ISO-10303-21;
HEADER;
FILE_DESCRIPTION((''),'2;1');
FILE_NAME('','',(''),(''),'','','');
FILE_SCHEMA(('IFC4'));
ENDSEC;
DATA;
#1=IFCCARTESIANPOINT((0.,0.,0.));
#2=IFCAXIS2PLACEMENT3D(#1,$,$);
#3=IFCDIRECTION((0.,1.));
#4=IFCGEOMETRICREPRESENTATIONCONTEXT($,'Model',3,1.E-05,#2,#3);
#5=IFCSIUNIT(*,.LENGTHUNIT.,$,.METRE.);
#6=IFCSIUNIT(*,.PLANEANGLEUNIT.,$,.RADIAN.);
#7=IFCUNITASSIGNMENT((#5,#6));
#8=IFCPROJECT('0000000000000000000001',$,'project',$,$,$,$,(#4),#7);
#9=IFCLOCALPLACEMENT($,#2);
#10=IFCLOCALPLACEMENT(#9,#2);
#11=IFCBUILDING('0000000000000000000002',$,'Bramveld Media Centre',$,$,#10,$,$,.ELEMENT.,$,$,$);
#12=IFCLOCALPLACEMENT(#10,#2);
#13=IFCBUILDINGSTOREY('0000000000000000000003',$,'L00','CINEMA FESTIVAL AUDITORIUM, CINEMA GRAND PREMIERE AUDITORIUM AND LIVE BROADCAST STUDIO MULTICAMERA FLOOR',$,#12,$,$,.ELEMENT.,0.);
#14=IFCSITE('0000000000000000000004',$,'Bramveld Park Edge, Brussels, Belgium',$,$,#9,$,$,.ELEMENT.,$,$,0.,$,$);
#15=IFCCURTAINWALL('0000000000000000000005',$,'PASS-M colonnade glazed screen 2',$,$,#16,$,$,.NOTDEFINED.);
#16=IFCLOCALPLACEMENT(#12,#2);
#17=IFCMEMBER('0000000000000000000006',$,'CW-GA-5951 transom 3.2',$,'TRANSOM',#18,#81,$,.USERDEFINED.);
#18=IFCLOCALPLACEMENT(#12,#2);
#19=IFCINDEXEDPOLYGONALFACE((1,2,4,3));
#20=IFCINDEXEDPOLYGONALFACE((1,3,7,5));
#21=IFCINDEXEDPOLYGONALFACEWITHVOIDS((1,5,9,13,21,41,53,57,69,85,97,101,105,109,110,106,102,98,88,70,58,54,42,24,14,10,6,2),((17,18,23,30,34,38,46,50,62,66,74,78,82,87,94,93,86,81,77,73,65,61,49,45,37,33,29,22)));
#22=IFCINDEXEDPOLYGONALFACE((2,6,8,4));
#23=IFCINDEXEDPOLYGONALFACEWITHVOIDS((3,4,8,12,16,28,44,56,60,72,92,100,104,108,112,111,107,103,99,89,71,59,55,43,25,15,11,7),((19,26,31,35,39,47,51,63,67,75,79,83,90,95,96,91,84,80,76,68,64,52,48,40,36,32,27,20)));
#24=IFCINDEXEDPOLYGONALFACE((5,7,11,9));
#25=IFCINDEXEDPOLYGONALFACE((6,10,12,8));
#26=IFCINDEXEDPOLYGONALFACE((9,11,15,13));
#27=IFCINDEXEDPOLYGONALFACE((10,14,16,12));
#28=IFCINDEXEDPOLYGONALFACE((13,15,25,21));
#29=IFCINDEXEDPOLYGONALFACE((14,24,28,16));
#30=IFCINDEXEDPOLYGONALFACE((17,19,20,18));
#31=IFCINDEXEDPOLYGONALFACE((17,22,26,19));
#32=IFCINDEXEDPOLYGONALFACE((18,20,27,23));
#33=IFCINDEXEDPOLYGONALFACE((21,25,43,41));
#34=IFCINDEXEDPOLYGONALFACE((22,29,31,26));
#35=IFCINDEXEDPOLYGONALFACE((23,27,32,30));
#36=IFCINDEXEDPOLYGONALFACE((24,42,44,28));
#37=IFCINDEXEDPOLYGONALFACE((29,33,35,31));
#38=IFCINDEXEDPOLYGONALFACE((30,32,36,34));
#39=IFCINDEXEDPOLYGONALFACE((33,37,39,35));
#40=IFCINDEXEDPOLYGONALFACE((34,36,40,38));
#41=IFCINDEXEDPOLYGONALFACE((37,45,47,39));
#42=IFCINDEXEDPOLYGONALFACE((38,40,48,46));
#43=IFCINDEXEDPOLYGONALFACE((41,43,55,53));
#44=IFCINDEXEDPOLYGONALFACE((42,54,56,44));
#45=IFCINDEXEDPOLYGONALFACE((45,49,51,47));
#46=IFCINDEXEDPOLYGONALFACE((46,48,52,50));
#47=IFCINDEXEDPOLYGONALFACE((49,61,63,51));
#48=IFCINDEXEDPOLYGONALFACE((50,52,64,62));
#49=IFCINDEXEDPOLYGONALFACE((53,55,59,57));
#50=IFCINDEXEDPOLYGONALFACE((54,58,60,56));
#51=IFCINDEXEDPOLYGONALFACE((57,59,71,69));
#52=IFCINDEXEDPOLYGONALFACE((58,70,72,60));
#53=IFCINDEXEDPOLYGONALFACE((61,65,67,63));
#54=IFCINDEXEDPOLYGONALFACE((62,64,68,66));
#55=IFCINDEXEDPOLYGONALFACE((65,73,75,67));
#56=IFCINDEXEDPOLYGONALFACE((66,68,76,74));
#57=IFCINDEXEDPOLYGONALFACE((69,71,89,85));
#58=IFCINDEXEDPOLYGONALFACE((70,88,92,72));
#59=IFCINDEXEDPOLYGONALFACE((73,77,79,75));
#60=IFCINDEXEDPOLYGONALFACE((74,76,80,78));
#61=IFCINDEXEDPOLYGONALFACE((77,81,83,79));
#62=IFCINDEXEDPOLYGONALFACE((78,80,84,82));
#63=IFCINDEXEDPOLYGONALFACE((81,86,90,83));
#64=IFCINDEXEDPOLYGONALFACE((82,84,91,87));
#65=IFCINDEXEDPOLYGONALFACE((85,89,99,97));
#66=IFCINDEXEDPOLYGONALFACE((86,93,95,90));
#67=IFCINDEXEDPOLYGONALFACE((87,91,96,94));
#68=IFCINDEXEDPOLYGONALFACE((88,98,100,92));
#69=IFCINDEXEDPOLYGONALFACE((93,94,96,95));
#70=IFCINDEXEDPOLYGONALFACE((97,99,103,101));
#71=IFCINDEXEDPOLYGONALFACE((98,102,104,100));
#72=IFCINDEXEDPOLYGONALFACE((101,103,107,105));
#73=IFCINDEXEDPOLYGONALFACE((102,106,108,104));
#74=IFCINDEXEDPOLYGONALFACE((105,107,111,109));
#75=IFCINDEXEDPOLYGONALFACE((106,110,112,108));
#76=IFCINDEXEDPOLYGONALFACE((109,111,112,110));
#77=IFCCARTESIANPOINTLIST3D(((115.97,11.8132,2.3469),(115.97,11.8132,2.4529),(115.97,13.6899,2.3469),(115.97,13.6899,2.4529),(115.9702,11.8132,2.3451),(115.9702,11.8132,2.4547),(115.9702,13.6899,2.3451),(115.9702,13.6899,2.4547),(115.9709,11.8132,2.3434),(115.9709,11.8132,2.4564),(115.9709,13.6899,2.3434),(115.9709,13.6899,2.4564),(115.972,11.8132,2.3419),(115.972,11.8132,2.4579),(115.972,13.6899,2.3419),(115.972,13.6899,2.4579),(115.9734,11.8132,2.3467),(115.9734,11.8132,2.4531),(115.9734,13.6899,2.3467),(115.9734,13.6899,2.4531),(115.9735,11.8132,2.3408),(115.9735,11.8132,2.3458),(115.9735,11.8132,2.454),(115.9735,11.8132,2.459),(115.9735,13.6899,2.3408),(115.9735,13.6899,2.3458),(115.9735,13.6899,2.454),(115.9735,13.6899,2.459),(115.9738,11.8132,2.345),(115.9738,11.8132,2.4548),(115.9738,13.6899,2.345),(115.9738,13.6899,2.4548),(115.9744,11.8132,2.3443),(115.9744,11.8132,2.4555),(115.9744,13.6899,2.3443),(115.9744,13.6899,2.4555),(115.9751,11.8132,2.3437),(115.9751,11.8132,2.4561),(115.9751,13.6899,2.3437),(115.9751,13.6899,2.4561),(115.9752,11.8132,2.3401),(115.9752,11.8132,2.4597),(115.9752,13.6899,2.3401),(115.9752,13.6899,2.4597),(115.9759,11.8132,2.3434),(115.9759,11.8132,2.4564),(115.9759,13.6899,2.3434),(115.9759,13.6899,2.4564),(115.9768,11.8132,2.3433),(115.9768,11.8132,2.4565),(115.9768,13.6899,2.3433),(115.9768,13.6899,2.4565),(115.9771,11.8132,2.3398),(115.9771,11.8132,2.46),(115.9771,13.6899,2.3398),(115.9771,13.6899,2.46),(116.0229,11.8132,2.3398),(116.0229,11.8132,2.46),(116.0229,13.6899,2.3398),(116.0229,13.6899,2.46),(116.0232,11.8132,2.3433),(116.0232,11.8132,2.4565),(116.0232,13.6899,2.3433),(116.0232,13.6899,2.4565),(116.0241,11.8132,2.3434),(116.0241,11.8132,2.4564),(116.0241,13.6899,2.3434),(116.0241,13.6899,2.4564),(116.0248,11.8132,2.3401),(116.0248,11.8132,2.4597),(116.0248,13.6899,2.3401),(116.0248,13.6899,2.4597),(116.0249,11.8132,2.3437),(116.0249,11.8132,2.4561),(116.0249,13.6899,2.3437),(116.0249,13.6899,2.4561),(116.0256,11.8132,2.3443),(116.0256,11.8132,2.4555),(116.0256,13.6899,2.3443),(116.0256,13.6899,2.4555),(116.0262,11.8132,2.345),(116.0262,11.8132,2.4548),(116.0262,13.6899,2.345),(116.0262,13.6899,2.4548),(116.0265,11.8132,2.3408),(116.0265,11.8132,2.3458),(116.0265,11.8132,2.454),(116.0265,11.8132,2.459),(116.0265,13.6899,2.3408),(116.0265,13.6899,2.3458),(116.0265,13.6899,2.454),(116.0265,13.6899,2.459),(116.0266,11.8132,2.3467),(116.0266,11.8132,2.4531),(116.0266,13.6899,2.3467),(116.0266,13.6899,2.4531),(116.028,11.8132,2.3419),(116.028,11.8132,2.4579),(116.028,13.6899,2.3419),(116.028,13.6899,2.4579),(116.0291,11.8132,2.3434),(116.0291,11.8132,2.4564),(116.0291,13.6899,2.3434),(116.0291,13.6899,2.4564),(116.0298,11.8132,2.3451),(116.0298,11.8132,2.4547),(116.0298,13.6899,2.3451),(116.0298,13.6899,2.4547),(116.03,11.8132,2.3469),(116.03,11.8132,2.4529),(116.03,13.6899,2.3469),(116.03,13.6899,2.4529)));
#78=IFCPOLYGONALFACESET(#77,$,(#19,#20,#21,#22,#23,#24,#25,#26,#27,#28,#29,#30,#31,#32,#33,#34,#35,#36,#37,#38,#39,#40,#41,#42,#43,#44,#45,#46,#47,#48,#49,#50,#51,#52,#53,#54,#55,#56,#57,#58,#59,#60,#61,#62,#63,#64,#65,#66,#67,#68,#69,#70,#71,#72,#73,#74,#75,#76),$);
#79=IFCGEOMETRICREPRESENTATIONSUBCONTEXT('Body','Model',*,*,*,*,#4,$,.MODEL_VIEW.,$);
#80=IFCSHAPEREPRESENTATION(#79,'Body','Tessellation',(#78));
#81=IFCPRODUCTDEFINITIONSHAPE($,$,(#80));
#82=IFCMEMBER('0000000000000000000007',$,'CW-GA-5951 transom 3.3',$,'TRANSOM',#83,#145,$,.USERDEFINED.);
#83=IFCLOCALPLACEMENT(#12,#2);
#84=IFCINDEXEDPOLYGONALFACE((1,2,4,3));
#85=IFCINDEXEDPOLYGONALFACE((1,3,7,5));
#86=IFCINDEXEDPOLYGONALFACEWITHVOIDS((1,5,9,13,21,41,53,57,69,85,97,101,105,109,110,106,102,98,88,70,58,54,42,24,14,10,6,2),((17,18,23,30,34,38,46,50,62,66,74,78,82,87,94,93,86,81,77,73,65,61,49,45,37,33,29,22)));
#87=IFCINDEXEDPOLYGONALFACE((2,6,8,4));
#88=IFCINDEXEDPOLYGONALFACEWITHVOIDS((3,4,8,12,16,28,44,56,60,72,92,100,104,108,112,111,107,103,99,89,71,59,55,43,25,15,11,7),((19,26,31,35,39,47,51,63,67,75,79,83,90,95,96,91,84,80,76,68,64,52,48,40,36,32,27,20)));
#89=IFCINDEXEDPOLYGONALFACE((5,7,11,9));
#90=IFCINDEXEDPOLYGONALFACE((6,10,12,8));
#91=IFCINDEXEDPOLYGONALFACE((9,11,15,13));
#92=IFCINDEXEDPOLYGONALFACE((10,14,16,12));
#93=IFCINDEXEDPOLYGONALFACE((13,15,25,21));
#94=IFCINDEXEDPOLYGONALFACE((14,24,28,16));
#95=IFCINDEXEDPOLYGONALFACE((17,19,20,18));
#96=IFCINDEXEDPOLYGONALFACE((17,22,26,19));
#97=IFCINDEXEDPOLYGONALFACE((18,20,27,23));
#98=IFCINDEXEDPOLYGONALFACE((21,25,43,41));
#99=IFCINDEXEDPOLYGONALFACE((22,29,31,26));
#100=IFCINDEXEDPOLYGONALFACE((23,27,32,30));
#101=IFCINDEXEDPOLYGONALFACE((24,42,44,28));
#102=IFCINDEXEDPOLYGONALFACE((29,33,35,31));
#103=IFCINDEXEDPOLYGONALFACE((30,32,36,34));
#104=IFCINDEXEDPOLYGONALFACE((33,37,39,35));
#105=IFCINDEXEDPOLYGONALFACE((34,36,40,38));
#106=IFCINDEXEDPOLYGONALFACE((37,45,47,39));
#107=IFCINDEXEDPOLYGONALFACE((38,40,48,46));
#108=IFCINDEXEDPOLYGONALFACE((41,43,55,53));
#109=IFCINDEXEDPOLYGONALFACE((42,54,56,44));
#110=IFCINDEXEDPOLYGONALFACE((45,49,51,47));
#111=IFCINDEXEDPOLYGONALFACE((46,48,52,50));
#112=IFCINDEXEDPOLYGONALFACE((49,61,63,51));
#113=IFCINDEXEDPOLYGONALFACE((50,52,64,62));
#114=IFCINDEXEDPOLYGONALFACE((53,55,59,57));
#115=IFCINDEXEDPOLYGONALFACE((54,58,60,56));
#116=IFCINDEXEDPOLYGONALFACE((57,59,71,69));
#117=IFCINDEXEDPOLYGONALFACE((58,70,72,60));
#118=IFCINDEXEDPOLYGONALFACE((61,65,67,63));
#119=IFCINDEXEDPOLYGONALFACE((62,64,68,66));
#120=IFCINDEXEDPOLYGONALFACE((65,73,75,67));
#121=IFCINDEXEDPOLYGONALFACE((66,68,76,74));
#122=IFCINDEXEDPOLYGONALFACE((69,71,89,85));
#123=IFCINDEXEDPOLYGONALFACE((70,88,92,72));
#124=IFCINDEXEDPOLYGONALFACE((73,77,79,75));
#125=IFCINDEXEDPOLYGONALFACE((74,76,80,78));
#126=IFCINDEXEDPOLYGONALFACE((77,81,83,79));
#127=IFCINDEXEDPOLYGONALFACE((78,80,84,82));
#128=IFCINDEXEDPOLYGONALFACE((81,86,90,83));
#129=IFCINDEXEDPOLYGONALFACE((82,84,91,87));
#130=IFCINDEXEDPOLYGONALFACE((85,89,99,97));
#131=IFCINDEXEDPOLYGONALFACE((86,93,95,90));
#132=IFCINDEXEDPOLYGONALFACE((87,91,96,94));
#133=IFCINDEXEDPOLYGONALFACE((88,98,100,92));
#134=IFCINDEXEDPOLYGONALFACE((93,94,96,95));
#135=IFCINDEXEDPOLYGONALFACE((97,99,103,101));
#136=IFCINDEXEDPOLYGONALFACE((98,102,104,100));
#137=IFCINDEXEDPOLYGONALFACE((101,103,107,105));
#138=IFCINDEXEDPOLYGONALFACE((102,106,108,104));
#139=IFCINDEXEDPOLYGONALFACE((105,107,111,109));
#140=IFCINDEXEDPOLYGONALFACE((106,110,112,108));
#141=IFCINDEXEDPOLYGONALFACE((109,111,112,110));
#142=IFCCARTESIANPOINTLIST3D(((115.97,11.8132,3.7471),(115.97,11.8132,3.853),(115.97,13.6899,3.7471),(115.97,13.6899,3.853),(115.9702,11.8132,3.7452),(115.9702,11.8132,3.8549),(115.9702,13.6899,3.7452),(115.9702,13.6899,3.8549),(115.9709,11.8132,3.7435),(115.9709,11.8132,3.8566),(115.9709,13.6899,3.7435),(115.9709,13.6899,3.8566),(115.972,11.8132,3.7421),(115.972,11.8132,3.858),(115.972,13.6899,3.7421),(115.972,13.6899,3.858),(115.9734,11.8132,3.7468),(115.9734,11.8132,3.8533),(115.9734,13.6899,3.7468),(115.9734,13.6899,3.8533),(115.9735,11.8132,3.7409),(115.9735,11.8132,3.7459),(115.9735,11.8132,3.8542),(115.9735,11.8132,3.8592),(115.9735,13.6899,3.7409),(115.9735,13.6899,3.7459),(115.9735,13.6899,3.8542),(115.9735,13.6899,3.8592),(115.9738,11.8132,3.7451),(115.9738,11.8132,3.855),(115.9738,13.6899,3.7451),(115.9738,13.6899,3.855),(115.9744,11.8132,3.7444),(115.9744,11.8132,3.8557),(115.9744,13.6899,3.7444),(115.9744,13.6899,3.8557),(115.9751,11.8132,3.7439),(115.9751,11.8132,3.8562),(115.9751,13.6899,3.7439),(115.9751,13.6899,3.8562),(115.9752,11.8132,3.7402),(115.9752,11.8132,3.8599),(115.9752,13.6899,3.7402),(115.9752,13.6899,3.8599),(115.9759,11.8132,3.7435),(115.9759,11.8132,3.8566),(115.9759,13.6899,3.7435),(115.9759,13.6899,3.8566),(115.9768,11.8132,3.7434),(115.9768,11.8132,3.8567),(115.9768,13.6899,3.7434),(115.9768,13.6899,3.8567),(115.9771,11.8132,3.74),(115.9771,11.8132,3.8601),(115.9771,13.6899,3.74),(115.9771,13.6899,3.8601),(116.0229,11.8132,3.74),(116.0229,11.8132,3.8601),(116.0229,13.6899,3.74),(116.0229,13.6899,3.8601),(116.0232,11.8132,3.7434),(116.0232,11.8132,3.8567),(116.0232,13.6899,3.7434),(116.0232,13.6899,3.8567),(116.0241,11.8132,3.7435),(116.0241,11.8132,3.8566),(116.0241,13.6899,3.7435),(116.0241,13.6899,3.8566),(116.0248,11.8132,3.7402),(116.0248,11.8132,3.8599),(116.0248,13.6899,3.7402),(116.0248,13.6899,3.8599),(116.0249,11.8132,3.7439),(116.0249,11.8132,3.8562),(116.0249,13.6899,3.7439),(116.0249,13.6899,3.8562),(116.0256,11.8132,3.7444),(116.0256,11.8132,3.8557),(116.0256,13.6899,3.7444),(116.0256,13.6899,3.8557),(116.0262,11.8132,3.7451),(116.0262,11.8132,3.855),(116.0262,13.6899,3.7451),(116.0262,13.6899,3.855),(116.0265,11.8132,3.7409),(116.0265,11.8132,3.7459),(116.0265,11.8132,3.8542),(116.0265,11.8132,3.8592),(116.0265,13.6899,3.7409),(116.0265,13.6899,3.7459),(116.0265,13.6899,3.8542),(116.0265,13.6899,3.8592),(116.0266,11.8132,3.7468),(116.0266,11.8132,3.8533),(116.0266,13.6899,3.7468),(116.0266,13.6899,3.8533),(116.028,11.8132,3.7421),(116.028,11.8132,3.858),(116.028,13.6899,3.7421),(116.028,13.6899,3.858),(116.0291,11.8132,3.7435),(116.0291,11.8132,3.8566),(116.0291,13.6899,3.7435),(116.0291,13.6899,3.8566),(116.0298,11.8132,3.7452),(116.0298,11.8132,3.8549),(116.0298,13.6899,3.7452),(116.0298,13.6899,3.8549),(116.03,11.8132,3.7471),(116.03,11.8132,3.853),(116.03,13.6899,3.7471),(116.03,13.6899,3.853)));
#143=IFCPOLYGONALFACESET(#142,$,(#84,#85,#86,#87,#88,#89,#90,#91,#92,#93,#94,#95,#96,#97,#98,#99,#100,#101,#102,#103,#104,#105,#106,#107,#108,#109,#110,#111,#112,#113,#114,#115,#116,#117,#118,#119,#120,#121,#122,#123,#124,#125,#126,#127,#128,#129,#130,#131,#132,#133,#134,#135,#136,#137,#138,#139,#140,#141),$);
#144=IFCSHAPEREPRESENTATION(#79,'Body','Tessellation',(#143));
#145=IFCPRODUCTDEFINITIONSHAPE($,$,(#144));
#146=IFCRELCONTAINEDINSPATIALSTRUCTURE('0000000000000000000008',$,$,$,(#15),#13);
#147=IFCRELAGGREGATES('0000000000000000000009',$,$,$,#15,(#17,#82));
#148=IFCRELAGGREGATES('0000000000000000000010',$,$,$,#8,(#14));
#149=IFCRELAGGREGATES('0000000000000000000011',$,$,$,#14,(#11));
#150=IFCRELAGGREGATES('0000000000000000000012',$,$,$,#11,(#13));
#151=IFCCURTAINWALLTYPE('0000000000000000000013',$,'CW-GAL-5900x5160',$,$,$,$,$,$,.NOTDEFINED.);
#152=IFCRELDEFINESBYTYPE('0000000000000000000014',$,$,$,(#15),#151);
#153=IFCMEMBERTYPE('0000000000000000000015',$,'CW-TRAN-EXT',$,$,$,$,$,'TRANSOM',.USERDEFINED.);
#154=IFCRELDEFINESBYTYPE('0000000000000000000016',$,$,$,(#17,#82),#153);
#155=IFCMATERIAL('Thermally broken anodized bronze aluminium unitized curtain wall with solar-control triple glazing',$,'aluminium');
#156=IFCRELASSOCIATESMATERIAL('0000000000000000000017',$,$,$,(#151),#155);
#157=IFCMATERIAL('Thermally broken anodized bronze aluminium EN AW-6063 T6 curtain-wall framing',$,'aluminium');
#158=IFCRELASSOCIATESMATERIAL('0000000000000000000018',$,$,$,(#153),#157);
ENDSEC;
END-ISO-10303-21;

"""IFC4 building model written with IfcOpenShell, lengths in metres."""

from ifc_helpers import new_model, si_unit, direction, frame, origin, origin_2d, place, context, subcontext, project, spatial, hollow_rectangle, extrude, material, material_profile, profile_set, type_object, element, aggregate, save


model = new_model("IFC4")

# Units and contexts
model_context = context("Model", 3, precision=1e-05, world=origin(), true_north=direction((0.0, 1.0)))
body_context = subcontext(model_context, "Body", "Model", "MODEL_VIEW")
ifc_project = project(units=[si_unit("LENGTHUNIT", "METRE"), si_unit("PLANEANGLEUNIT", "RADIAN")], contexts=[model_context])

# Site, building, storey
site_placement = place(None, origin())
site = spatial("IfcSite", under=ifc_project, at=site_placement, Name="Bramveld Park Edge, Brussels, Belgium", CompositionType="ELEMENT", RefElevation=0.0)
building_placement = place(site_placement, origin())
building = spatial("IfcBuilding", under=site, at=building_placement, Name="Bramveld Media Centre", CompositionType="ELEMENT")
storey_placement = place(building_placement, origin())
storey = spatial("IfcBuildingStorey", under=building, at=storey_placement, Name="L00", Description="CINEMA FESTIVAL AUDITORIUM, CINEMA GRAND PREMIERE AUDITORIUM AND LIVE BROADCAST STUDIO MULTICAMERA FLOOR", CompositionType="ELEMENT", Elevation=0.0)

# Curtain wall
ifc_material_1 = material(Name="Thermally broken anodized bronze aluminium unitized curtain wall with solar-control triple glazing", Category="aluminium")
curtain_wall_type = type_object("IfcCurtainWallType", Name="CW-GAL-5900x5160", PredefinedType="NOTDEFINED", material=ifc_material_1)
curtain_wall_1_placement = place(storey_placement, origin())
curtain_wall_1 = element("IfcCurtainWall", 1, at=curtain_wall_1_placement, inside=storey, type_object=curtain_wall_type, Name="PASS-M colonnade glazed screen 2", PredefinedType="NOTDEFINED")

# Members
ifc_material_2 = material(Name="Thermally broken anodized bronze aluminium EN AW-6063 T6 curtain-wall framing", Category="aluminium")
ifc_material_profile_1 = material_profile(ifc_material_2, hollow_rectangle(XDim=0.0601, YDim=0.1201, WallThickness=0.0034, InnerFilletRadius=0.0034, OuterFilletRadius=0.0071, at=origin_2d()), Name="AL-TRAN 60x120")
ifc_profile_set_1 = profile_set([ifc_material_profile_1], Name="Thermally broken anodized bronze aluminium EN AW-6063 T6 curtain-wall framing")
member_type_1 = type_object("IfcMemberType", Name="CW-TRAN-EXT", ElementType="TRANSOM", PredefinedType="USERDEFINED", material=ifc_profile_set_1)
member_1_placement = place(storey_placement, frame((116.0, 11.8132, 2.3999), z_axis=(0.0, 1.0, 0.0), x_axis=(-1.0, 0.0, 0.0)))
member_1 = element("IfcMember", 2, at=member_1_placement, type_object=member_type_1, Name="CW-GA-5951 transom 3.2", ObjectType="TRANSOM", PredefinedType="USERDEFINED", context=body_context, shape_type="SweptSolid", body=[
    extrude(hollow_rectangle(XDim=0.0601, YDim=0.1201, WallThickness=0.0034, InnerFilletRadius=0.0034, OuterFilletRadius=0.0071, at=origin_2d()), origin(), (0.0, 0.0, 1.0), 1.8767),
])
member_2_placement = place(storey_placement, frame((116.0, 11.8132, 3.8), z_axis=(0.0, 1.0, 0.0), x_axis=(-1.0, 0.0, 0.0)))
member_2 = element("IfcMember", 3, at=member_2_placement, type_object=member_type_1, Name="CW-GA-5951 transom 3.3", ObjectType="TRANSOM", PredefinedType="USERDEFINED", context=body_context, shape_type="SweptSolid", body=[
    extrude(hollow_rectangle(XDim=0.0601, YDim=0.1201, WallThickness=0.0034, InnerFilletRadius=0.0034, OuterFilletRadius=0.0071, at=origin_2d()), origin(), (0.0, 0.0, 1.0), 1.8767),
])

aggregate(curtain_wall_1, [member_1, member_2])

save(model, "model.ifc")
